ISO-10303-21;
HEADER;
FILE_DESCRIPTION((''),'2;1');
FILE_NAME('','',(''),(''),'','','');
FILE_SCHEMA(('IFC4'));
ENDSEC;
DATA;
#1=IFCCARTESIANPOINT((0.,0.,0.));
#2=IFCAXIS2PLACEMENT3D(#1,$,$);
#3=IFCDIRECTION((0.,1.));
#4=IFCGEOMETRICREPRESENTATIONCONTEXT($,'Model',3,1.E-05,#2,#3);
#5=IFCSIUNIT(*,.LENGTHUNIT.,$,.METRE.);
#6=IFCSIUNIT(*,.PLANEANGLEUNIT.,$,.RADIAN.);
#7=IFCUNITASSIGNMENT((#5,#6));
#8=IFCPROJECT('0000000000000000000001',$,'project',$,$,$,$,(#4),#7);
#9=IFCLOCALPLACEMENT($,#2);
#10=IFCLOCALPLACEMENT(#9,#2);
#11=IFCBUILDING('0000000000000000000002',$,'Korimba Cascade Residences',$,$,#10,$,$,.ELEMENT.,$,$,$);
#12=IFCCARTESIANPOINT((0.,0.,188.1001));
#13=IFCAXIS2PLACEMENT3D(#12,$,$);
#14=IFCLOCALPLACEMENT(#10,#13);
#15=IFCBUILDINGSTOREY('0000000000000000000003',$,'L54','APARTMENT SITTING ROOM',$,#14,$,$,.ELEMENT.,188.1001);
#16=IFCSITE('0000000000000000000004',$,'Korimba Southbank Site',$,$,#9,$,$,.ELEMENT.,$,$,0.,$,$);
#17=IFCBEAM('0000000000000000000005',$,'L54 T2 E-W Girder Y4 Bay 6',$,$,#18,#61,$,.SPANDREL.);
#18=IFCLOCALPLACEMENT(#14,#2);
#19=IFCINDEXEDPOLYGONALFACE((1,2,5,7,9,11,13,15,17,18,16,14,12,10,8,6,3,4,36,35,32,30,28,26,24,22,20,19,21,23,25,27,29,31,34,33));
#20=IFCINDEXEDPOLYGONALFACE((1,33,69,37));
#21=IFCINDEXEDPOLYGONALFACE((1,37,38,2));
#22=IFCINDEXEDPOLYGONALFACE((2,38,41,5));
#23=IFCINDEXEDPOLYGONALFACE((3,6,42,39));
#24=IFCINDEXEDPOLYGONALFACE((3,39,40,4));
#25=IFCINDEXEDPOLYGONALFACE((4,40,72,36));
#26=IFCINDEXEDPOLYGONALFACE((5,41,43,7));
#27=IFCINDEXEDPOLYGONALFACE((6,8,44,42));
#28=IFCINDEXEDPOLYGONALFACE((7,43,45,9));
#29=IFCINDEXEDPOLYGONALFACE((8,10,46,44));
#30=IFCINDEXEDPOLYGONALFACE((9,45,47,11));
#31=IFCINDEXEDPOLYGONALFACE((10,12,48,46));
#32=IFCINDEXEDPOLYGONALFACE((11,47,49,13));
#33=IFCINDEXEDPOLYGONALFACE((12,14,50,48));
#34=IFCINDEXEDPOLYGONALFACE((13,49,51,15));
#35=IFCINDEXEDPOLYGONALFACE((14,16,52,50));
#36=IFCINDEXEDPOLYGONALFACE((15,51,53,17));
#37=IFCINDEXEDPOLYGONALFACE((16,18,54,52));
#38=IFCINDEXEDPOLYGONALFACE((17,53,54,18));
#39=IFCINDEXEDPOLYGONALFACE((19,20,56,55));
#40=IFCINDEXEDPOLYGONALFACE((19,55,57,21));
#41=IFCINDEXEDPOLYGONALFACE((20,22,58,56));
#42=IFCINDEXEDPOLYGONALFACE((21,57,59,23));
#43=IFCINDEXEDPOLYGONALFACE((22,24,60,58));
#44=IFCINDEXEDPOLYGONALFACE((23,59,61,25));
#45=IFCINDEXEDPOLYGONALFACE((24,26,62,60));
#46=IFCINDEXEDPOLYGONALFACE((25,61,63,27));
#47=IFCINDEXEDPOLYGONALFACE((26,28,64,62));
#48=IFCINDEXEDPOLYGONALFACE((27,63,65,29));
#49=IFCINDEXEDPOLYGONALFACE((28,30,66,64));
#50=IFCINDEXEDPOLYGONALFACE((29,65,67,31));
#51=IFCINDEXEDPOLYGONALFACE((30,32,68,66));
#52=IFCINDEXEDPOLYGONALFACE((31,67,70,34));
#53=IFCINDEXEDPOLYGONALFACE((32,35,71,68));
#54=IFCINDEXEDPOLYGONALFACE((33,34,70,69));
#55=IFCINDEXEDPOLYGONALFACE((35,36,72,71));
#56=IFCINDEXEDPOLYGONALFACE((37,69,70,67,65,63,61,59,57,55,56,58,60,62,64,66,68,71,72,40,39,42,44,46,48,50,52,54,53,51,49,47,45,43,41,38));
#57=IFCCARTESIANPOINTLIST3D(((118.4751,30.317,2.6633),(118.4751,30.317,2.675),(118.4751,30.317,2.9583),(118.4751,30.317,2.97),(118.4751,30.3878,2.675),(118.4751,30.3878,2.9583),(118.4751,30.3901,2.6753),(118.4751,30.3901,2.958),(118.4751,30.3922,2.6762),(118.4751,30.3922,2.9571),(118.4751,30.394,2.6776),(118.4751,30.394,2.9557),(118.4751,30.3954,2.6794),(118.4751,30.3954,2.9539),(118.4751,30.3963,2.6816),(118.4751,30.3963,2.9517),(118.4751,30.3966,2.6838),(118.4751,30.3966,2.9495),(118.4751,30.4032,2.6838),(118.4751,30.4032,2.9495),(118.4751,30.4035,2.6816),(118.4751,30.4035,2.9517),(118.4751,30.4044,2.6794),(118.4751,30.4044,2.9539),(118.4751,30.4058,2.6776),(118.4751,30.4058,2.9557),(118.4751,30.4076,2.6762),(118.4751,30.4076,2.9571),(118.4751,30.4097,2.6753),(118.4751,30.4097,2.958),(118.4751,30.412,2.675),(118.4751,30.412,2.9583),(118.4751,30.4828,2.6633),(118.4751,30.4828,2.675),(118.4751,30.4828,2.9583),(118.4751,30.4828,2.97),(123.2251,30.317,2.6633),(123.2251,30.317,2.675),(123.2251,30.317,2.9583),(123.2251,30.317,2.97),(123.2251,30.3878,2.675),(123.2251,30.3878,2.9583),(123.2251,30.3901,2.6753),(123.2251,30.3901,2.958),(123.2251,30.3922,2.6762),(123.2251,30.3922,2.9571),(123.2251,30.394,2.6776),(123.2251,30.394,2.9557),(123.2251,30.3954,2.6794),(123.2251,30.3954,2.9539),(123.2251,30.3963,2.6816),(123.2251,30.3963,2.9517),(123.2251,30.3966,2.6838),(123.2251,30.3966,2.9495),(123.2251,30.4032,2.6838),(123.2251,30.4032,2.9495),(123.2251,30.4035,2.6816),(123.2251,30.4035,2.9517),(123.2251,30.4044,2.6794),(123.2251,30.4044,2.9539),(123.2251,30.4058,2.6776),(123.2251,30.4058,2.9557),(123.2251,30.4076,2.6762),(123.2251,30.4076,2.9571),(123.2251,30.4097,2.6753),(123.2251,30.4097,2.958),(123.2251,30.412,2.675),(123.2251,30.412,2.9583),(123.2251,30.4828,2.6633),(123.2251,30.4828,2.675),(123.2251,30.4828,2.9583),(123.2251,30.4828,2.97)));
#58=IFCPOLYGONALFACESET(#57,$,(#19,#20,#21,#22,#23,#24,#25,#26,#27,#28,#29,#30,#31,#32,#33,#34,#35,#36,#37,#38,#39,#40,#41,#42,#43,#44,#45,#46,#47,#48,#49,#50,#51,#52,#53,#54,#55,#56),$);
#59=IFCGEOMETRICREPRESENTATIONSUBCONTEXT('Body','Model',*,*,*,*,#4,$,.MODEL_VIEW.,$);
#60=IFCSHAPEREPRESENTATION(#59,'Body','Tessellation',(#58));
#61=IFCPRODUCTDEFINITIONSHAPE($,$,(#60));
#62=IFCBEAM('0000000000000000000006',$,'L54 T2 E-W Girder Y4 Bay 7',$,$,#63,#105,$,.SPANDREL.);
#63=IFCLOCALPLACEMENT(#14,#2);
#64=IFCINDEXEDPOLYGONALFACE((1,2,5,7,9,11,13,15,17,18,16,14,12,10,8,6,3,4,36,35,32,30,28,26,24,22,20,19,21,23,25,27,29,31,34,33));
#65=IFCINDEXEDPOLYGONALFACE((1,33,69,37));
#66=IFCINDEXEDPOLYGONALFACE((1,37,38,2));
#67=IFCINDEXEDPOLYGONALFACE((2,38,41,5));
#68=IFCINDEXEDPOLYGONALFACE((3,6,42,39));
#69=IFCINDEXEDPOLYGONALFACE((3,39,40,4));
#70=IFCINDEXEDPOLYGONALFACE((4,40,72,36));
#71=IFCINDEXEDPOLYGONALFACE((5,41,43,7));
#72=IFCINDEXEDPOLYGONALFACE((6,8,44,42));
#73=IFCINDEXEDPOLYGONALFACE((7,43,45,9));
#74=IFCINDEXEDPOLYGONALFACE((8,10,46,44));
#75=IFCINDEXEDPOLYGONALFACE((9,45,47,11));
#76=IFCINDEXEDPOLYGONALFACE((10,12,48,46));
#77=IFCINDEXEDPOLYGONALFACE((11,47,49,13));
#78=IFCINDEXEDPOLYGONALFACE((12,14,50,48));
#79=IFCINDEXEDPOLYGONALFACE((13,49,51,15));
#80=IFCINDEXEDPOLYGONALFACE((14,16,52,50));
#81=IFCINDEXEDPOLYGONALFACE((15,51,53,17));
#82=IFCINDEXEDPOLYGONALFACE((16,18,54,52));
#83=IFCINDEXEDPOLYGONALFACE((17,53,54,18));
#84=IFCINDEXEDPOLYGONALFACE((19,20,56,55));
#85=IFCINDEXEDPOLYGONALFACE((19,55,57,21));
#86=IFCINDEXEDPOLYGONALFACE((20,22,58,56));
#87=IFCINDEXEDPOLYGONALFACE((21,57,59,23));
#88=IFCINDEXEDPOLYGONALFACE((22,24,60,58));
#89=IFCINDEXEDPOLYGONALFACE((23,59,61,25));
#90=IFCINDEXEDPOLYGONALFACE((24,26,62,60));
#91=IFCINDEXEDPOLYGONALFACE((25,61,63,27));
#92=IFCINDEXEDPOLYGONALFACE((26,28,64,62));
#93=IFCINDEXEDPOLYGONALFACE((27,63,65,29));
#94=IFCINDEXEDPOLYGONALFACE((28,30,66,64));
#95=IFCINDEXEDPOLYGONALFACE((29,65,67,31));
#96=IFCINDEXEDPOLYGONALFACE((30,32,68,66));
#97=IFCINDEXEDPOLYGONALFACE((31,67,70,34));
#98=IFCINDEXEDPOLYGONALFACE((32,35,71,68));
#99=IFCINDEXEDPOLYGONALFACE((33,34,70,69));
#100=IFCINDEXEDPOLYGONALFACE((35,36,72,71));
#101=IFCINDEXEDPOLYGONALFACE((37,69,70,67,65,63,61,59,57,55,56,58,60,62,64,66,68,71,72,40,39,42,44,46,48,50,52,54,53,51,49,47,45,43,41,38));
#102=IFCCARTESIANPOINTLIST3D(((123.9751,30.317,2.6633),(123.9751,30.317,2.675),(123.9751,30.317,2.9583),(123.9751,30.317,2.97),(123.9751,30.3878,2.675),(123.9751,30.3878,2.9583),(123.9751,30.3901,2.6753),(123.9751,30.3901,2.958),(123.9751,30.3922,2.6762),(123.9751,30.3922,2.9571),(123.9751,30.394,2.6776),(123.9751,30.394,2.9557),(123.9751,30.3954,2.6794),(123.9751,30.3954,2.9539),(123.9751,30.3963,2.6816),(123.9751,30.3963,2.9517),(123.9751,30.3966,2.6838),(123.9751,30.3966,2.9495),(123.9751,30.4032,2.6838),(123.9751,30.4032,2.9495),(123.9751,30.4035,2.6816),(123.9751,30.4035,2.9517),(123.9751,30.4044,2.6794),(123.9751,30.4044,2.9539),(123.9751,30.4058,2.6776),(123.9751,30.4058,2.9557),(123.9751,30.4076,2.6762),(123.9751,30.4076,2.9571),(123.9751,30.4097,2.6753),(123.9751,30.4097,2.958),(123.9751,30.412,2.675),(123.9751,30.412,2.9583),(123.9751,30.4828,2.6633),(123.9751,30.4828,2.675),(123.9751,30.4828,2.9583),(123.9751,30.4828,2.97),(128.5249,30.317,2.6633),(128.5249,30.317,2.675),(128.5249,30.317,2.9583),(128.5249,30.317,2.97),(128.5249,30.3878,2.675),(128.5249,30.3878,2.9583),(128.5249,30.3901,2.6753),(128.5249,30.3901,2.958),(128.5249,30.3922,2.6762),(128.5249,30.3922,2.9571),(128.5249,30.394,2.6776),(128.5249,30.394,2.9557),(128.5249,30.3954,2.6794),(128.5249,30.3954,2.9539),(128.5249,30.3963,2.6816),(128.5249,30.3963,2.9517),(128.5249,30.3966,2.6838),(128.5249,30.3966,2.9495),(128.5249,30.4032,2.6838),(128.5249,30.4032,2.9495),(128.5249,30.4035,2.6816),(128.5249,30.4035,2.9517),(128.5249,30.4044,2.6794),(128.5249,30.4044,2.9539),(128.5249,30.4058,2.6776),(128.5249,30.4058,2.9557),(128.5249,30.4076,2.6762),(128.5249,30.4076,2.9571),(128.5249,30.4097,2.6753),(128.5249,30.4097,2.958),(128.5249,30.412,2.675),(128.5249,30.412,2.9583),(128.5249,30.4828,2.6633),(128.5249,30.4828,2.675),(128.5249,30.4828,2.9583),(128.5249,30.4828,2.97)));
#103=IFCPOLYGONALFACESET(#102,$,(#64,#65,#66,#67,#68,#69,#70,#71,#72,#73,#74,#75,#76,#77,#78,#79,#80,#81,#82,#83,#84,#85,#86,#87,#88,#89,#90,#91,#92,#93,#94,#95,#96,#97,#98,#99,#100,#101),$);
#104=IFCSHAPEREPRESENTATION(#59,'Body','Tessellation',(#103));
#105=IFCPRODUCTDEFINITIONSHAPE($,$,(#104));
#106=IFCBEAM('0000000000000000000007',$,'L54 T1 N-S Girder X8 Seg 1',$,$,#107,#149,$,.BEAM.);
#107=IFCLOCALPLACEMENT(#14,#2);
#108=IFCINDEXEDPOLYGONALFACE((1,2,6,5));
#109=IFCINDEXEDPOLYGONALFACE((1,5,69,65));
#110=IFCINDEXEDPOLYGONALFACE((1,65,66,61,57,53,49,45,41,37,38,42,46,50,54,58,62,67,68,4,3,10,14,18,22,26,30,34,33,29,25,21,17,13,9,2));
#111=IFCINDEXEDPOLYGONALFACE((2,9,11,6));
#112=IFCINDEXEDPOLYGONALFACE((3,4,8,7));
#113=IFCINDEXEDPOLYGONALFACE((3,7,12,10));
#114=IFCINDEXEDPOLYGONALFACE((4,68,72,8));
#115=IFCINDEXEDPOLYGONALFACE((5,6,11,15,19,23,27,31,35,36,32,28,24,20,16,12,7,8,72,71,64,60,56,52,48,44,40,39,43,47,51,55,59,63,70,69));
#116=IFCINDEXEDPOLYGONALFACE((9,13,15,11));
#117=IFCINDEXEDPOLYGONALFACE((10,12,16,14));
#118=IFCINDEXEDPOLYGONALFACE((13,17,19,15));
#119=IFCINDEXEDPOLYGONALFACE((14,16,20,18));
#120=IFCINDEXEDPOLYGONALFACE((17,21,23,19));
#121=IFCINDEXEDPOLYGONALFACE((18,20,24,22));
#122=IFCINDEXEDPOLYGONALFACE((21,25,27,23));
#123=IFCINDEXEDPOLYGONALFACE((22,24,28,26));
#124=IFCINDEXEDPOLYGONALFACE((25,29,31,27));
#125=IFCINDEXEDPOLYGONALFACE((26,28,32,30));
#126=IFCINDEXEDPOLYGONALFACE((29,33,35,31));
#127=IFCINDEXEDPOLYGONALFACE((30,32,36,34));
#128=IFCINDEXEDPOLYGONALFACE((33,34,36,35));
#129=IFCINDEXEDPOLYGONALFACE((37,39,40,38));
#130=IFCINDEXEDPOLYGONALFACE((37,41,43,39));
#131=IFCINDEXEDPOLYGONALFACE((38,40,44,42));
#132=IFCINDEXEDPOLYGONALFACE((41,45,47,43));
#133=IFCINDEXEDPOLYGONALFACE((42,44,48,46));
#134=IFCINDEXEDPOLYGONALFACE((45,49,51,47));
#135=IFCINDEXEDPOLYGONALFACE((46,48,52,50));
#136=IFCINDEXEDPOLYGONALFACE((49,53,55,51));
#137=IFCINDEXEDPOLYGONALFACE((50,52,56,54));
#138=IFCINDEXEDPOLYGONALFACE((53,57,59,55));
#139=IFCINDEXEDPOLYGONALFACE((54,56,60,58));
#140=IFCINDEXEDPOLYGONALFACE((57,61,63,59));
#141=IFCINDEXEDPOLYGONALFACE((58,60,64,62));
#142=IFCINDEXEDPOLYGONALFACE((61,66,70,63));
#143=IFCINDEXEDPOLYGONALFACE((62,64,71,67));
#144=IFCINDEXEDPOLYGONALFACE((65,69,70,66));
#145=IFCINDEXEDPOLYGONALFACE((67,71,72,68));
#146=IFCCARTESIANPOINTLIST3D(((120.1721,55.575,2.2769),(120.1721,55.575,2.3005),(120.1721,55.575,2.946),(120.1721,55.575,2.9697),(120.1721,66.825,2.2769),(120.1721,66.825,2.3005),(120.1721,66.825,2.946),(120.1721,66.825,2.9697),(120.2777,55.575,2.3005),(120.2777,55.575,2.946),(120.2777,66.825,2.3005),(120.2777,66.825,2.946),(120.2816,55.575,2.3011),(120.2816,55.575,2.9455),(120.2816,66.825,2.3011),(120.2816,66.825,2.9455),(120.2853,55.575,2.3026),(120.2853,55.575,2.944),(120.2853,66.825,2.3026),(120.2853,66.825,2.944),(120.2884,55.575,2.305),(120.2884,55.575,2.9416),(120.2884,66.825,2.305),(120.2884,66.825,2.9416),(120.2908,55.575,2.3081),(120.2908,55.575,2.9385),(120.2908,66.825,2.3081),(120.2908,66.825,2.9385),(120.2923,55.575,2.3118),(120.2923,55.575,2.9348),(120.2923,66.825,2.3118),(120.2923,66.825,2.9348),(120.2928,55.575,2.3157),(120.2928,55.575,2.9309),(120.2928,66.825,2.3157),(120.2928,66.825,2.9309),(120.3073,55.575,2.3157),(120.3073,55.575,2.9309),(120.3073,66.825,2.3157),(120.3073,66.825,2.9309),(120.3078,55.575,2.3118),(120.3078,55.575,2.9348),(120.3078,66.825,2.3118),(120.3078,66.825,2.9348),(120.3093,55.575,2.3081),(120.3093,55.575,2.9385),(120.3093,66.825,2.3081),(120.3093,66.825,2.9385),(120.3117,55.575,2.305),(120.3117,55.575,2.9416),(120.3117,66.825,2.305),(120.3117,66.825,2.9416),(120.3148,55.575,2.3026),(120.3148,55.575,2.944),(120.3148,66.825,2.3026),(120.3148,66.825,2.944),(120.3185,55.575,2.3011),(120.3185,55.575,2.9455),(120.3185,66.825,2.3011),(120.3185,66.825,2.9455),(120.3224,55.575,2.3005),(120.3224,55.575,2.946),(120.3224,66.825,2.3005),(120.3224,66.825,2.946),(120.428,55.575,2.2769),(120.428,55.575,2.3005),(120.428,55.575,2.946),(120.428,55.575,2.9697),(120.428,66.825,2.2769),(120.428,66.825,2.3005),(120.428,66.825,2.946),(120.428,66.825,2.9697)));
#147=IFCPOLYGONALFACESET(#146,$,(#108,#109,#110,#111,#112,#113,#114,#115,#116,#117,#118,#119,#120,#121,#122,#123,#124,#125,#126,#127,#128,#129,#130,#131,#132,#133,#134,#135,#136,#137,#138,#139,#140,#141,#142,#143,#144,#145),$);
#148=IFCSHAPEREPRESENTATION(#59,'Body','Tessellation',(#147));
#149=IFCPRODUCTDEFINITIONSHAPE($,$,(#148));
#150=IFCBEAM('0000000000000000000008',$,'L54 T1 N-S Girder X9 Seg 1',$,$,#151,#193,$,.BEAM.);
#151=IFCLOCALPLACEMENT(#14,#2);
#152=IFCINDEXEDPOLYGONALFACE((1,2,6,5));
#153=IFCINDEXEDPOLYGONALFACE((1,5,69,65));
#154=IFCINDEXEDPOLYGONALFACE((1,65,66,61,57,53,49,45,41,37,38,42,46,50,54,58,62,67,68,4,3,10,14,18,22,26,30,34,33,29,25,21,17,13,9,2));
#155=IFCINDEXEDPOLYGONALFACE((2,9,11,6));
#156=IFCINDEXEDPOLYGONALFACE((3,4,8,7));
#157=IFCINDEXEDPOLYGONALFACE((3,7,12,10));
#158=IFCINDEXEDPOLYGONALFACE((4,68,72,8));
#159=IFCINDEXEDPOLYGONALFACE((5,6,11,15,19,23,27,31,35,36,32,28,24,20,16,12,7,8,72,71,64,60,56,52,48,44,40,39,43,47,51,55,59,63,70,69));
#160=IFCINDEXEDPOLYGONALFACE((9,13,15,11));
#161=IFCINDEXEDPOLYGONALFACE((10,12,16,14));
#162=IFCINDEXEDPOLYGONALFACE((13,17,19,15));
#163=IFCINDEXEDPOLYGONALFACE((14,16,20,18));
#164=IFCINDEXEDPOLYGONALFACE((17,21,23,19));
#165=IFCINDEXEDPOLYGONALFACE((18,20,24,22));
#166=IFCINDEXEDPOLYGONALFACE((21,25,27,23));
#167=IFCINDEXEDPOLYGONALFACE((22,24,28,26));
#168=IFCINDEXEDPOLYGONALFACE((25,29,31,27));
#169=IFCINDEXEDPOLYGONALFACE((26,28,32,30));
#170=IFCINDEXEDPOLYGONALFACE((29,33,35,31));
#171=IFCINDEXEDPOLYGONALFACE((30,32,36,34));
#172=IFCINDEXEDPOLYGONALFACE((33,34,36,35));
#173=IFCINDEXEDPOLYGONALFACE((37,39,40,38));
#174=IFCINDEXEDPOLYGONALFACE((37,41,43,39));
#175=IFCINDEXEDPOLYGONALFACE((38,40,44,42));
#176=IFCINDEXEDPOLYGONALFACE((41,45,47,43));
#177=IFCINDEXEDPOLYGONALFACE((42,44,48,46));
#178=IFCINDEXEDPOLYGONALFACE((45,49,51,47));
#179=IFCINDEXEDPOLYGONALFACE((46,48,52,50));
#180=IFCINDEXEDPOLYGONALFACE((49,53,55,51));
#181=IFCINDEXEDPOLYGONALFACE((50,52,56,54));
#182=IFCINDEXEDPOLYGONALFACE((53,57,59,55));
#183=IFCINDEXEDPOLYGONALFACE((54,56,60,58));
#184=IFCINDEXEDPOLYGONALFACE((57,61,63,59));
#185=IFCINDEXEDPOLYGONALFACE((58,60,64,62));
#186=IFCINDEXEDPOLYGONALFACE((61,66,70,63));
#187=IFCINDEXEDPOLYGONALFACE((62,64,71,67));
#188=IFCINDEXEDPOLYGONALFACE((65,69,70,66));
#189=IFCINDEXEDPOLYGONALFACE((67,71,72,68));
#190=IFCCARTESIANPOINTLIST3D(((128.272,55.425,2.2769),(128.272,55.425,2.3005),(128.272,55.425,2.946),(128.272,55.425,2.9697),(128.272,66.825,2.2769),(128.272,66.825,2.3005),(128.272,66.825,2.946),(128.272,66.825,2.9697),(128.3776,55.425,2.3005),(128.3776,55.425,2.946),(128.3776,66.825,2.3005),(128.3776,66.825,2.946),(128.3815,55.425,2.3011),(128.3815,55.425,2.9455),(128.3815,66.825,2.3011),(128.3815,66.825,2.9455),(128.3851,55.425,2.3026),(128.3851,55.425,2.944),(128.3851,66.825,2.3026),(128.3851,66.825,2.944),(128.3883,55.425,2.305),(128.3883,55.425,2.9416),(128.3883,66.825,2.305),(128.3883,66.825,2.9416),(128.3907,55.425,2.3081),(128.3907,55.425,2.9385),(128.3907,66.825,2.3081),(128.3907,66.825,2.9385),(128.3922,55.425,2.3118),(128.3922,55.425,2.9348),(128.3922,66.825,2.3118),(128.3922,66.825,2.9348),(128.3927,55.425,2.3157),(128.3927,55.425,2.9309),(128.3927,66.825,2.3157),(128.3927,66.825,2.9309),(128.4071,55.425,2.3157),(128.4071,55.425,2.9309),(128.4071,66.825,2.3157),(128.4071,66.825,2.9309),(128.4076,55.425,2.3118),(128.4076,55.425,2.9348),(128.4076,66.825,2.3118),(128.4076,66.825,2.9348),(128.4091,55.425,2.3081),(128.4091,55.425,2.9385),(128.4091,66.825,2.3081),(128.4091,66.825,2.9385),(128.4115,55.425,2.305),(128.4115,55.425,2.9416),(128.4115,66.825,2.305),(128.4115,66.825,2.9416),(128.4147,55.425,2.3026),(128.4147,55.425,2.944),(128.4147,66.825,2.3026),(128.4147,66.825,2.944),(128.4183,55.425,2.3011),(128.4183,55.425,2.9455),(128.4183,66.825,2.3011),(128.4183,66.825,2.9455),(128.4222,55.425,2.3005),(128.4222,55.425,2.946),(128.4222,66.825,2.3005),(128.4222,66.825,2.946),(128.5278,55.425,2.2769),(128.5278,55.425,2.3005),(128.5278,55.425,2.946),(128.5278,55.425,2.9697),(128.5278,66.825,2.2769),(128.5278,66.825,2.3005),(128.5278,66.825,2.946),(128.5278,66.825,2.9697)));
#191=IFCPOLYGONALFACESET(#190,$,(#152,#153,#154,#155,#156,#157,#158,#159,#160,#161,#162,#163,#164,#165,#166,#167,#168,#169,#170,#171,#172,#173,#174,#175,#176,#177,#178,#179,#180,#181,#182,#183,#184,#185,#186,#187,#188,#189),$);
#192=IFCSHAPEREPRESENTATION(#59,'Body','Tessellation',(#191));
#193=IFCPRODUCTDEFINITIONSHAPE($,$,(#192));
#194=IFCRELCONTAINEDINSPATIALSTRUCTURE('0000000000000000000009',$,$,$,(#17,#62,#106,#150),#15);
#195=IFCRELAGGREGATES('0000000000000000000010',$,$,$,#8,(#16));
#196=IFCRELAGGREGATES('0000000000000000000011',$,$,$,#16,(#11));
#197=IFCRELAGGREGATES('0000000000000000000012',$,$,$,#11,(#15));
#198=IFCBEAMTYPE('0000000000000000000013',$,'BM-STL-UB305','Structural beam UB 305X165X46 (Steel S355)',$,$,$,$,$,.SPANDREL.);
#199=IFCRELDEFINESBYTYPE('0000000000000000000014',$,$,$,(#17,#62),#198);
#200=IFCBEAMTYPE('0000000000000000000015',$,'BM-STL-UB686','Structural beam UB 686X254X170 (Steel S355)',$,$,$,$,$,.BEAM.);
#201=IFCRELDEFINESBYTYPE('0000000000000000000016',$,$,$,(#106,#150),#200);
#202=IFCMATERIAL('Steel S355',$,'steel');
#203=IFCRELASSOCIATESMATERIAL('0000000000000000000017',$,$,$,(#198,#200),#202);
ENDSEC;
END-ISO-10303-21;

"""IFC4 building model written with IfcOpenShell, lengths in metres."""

from ifc_helpers import new_model, si_unit, direction, frame, origin, origin_2d, place, context, subcontext, project, spatial, i_section, extrude, material, material_profile, profile_set, type_object, element, save


model = new_model("IFC4")

# Units and contexts
model_context = context("Model", 3, precision=1e-05, world=origin(), true_north=direction((0.0, 1.0)))
body_context = subcontext(model_context, "Body", "Model", "MODEL_VIEW")
ifc_project = project(units=[si_unit("LENGTHUNIT", "METRE"), si_unit("PLANEANGLEUNIT", "RADIAN")], contexts=[model_context])

# Site, building, storey
site_placement = place(None, origin())
site = spatial("IfcSite", under=ifc_project, at=site_placement, Name="Korimba Southbank Site", CompositionType="ELEMENT", RefElevation=0.0)
building_placement = place(site_placement, origin())
building = spatial("IfcBuilding", under=site, at=building_placement, Name="Korimba Cascade Residences", CompositionType="ELEMENT")
storey_placement = place(building_placement, frame((0.0, 0.0, 188.1001)))
storey = spatial("IfcBuildingStorey", under=building, at=storey_placement, Name="L54", Description="APARTMENT SITTING ROOM", CompositionType="ELEMENT", Elevation=188.1001)

# Beams
ifc_material_1 = material(Name="Steel S355", Category="steel")
ifc_material_profile_1 = material_profile(ifc_material_1, i_section(OverallWidth=0.1658, OverallDepth=0.3066, WebThickness=0.0066, FlangeThickness=0.0117, FilletRadius=0.0088, at=origin_2d()), Name="Steel S355")
ifc_profile_set_1 = profile_set([ifc_material_profile_1], Name="Steel S355")
beam_type_1 = type_object("IfcBeamType", Name="BM-STL-UB305", Description="Structural beam UB 305X165X46 (Steel S355)", PredefinedType="SPANDREL", material=ifc_profile_set_1)
beam_1_placement = place(storey_placement, frame((118.4751, 30.3999, 2.8167), z_axis=(1.0, 0.0, 0.0), x_axis=(0.0, 1.0, 0.0)))
element("IfcBeam", 1, at=beam_1_placement, inside=storey, type_object=beam_type_1, Name="L54 T2 E-W Girder Y4 Bay 6", PredefinedType="SPANDREL", context=body_context, shape_type="SweptSolid", body=[
    extrude(i_section(OverallWidth=0.1658, OverallDepth=0.3066, WebThickness=0.0066, FlangeThickness=0.0117, FilletRadius=0.0088, at=origin_2d()), origin(), (0.0, 0.0, 1.0), 4.75),
])
beam_2_placement = place(storey_placement, frame((123.9751, 30.3999, 2.8167), z_axis=(1.0, 0.0, 0.0), x_axis=(0.0, 1.0, 0.0)))
element("IfcBeam", 2, at=beam_2_placement, inside=storey, type_object=beam_type_1, Name="L54 T2 E-W Girder Y4 Bay 7", PredefinedType="SPANDREL", context=body_context, shape_type="SweptSolid", body=[
    extrude(i_section(OverallWidth=0.1658, OverallDepth=0.3066, WebThickness=0.0066, FlangeThickness=0.0117, FilletRadius=0.0088, at=origin_2d()), origin(), (0.0, 0.0, 1.0), 4.5498),
])
ifc_material_profile_2 = material_profile(ifc_material_1, i_section(OverallWidth=0.2559, OverallDepth=0.6929, WebThickness=0.0144, FlangeThickness=0.0237, FilletRadius=0.0151, at=origin_2d()), Name="Steel S355")
ifc_profile_set_2 = profile_set([ifc_material_profile_2], Name="Steel S355")
beam_type_2 = type_object("IfcBeamType", Name="BM-STL-UB686", Description="Structural beam UB 686X254X170 (Steel S355)", PredefinedType="BEAM", material=ifc_profile_set_2)
beam_3_placement = place(storey_placement, frame((120.3, 55.575, 2.6233), z_axis=(0.0, 1.0, 0.0), x_axis=(-1.0, 0.0, 0.0)))
element("IfcBeam", 3, at=beam_3_placement, inside=storey, type_object=beam_type_2, Name="L54 T1 N-S Girder X8 Seg 1", PredefinedType="BEAM", context=body_context, shape_type="SweptSolid", body=[
    extrude(i_section(OverallWidth=0.2559, OverallDepth=0.6929, WebThickness=0.0144, FlangeThickness=0.0237, FilletRadius=0.0151, at=origin_2d()), origin(), (0.0, 0.0, 1.0), 11.25),
])
beam_4_placement = place(storey_placement, frame((128.3999, 55.425, 2.6233), z_axis=(0.0, 1.0, 0.0), x_axis=(-1.0, 0.0, 0.0)))
element("IfcBeam", 4, at=beam_4_placement, inside=storey, type_object=beam_type_2, Name="L54 T1 N-S Girder X9 Seg 1", PredefinedType="BEAM", context=body_context, shape_type="SweptSolid", body=[
    extrude(i_section(OverallWidth=0.2559, OverallDepth=0.6929, WebThickness=0.0144, FlangeThickness=0.0237, FilletRadius=0.0151, at=origin_2d()), origin(), (0.0, 0.0, 1.0), 11.3999),
])

save(model, "model.ifc")
